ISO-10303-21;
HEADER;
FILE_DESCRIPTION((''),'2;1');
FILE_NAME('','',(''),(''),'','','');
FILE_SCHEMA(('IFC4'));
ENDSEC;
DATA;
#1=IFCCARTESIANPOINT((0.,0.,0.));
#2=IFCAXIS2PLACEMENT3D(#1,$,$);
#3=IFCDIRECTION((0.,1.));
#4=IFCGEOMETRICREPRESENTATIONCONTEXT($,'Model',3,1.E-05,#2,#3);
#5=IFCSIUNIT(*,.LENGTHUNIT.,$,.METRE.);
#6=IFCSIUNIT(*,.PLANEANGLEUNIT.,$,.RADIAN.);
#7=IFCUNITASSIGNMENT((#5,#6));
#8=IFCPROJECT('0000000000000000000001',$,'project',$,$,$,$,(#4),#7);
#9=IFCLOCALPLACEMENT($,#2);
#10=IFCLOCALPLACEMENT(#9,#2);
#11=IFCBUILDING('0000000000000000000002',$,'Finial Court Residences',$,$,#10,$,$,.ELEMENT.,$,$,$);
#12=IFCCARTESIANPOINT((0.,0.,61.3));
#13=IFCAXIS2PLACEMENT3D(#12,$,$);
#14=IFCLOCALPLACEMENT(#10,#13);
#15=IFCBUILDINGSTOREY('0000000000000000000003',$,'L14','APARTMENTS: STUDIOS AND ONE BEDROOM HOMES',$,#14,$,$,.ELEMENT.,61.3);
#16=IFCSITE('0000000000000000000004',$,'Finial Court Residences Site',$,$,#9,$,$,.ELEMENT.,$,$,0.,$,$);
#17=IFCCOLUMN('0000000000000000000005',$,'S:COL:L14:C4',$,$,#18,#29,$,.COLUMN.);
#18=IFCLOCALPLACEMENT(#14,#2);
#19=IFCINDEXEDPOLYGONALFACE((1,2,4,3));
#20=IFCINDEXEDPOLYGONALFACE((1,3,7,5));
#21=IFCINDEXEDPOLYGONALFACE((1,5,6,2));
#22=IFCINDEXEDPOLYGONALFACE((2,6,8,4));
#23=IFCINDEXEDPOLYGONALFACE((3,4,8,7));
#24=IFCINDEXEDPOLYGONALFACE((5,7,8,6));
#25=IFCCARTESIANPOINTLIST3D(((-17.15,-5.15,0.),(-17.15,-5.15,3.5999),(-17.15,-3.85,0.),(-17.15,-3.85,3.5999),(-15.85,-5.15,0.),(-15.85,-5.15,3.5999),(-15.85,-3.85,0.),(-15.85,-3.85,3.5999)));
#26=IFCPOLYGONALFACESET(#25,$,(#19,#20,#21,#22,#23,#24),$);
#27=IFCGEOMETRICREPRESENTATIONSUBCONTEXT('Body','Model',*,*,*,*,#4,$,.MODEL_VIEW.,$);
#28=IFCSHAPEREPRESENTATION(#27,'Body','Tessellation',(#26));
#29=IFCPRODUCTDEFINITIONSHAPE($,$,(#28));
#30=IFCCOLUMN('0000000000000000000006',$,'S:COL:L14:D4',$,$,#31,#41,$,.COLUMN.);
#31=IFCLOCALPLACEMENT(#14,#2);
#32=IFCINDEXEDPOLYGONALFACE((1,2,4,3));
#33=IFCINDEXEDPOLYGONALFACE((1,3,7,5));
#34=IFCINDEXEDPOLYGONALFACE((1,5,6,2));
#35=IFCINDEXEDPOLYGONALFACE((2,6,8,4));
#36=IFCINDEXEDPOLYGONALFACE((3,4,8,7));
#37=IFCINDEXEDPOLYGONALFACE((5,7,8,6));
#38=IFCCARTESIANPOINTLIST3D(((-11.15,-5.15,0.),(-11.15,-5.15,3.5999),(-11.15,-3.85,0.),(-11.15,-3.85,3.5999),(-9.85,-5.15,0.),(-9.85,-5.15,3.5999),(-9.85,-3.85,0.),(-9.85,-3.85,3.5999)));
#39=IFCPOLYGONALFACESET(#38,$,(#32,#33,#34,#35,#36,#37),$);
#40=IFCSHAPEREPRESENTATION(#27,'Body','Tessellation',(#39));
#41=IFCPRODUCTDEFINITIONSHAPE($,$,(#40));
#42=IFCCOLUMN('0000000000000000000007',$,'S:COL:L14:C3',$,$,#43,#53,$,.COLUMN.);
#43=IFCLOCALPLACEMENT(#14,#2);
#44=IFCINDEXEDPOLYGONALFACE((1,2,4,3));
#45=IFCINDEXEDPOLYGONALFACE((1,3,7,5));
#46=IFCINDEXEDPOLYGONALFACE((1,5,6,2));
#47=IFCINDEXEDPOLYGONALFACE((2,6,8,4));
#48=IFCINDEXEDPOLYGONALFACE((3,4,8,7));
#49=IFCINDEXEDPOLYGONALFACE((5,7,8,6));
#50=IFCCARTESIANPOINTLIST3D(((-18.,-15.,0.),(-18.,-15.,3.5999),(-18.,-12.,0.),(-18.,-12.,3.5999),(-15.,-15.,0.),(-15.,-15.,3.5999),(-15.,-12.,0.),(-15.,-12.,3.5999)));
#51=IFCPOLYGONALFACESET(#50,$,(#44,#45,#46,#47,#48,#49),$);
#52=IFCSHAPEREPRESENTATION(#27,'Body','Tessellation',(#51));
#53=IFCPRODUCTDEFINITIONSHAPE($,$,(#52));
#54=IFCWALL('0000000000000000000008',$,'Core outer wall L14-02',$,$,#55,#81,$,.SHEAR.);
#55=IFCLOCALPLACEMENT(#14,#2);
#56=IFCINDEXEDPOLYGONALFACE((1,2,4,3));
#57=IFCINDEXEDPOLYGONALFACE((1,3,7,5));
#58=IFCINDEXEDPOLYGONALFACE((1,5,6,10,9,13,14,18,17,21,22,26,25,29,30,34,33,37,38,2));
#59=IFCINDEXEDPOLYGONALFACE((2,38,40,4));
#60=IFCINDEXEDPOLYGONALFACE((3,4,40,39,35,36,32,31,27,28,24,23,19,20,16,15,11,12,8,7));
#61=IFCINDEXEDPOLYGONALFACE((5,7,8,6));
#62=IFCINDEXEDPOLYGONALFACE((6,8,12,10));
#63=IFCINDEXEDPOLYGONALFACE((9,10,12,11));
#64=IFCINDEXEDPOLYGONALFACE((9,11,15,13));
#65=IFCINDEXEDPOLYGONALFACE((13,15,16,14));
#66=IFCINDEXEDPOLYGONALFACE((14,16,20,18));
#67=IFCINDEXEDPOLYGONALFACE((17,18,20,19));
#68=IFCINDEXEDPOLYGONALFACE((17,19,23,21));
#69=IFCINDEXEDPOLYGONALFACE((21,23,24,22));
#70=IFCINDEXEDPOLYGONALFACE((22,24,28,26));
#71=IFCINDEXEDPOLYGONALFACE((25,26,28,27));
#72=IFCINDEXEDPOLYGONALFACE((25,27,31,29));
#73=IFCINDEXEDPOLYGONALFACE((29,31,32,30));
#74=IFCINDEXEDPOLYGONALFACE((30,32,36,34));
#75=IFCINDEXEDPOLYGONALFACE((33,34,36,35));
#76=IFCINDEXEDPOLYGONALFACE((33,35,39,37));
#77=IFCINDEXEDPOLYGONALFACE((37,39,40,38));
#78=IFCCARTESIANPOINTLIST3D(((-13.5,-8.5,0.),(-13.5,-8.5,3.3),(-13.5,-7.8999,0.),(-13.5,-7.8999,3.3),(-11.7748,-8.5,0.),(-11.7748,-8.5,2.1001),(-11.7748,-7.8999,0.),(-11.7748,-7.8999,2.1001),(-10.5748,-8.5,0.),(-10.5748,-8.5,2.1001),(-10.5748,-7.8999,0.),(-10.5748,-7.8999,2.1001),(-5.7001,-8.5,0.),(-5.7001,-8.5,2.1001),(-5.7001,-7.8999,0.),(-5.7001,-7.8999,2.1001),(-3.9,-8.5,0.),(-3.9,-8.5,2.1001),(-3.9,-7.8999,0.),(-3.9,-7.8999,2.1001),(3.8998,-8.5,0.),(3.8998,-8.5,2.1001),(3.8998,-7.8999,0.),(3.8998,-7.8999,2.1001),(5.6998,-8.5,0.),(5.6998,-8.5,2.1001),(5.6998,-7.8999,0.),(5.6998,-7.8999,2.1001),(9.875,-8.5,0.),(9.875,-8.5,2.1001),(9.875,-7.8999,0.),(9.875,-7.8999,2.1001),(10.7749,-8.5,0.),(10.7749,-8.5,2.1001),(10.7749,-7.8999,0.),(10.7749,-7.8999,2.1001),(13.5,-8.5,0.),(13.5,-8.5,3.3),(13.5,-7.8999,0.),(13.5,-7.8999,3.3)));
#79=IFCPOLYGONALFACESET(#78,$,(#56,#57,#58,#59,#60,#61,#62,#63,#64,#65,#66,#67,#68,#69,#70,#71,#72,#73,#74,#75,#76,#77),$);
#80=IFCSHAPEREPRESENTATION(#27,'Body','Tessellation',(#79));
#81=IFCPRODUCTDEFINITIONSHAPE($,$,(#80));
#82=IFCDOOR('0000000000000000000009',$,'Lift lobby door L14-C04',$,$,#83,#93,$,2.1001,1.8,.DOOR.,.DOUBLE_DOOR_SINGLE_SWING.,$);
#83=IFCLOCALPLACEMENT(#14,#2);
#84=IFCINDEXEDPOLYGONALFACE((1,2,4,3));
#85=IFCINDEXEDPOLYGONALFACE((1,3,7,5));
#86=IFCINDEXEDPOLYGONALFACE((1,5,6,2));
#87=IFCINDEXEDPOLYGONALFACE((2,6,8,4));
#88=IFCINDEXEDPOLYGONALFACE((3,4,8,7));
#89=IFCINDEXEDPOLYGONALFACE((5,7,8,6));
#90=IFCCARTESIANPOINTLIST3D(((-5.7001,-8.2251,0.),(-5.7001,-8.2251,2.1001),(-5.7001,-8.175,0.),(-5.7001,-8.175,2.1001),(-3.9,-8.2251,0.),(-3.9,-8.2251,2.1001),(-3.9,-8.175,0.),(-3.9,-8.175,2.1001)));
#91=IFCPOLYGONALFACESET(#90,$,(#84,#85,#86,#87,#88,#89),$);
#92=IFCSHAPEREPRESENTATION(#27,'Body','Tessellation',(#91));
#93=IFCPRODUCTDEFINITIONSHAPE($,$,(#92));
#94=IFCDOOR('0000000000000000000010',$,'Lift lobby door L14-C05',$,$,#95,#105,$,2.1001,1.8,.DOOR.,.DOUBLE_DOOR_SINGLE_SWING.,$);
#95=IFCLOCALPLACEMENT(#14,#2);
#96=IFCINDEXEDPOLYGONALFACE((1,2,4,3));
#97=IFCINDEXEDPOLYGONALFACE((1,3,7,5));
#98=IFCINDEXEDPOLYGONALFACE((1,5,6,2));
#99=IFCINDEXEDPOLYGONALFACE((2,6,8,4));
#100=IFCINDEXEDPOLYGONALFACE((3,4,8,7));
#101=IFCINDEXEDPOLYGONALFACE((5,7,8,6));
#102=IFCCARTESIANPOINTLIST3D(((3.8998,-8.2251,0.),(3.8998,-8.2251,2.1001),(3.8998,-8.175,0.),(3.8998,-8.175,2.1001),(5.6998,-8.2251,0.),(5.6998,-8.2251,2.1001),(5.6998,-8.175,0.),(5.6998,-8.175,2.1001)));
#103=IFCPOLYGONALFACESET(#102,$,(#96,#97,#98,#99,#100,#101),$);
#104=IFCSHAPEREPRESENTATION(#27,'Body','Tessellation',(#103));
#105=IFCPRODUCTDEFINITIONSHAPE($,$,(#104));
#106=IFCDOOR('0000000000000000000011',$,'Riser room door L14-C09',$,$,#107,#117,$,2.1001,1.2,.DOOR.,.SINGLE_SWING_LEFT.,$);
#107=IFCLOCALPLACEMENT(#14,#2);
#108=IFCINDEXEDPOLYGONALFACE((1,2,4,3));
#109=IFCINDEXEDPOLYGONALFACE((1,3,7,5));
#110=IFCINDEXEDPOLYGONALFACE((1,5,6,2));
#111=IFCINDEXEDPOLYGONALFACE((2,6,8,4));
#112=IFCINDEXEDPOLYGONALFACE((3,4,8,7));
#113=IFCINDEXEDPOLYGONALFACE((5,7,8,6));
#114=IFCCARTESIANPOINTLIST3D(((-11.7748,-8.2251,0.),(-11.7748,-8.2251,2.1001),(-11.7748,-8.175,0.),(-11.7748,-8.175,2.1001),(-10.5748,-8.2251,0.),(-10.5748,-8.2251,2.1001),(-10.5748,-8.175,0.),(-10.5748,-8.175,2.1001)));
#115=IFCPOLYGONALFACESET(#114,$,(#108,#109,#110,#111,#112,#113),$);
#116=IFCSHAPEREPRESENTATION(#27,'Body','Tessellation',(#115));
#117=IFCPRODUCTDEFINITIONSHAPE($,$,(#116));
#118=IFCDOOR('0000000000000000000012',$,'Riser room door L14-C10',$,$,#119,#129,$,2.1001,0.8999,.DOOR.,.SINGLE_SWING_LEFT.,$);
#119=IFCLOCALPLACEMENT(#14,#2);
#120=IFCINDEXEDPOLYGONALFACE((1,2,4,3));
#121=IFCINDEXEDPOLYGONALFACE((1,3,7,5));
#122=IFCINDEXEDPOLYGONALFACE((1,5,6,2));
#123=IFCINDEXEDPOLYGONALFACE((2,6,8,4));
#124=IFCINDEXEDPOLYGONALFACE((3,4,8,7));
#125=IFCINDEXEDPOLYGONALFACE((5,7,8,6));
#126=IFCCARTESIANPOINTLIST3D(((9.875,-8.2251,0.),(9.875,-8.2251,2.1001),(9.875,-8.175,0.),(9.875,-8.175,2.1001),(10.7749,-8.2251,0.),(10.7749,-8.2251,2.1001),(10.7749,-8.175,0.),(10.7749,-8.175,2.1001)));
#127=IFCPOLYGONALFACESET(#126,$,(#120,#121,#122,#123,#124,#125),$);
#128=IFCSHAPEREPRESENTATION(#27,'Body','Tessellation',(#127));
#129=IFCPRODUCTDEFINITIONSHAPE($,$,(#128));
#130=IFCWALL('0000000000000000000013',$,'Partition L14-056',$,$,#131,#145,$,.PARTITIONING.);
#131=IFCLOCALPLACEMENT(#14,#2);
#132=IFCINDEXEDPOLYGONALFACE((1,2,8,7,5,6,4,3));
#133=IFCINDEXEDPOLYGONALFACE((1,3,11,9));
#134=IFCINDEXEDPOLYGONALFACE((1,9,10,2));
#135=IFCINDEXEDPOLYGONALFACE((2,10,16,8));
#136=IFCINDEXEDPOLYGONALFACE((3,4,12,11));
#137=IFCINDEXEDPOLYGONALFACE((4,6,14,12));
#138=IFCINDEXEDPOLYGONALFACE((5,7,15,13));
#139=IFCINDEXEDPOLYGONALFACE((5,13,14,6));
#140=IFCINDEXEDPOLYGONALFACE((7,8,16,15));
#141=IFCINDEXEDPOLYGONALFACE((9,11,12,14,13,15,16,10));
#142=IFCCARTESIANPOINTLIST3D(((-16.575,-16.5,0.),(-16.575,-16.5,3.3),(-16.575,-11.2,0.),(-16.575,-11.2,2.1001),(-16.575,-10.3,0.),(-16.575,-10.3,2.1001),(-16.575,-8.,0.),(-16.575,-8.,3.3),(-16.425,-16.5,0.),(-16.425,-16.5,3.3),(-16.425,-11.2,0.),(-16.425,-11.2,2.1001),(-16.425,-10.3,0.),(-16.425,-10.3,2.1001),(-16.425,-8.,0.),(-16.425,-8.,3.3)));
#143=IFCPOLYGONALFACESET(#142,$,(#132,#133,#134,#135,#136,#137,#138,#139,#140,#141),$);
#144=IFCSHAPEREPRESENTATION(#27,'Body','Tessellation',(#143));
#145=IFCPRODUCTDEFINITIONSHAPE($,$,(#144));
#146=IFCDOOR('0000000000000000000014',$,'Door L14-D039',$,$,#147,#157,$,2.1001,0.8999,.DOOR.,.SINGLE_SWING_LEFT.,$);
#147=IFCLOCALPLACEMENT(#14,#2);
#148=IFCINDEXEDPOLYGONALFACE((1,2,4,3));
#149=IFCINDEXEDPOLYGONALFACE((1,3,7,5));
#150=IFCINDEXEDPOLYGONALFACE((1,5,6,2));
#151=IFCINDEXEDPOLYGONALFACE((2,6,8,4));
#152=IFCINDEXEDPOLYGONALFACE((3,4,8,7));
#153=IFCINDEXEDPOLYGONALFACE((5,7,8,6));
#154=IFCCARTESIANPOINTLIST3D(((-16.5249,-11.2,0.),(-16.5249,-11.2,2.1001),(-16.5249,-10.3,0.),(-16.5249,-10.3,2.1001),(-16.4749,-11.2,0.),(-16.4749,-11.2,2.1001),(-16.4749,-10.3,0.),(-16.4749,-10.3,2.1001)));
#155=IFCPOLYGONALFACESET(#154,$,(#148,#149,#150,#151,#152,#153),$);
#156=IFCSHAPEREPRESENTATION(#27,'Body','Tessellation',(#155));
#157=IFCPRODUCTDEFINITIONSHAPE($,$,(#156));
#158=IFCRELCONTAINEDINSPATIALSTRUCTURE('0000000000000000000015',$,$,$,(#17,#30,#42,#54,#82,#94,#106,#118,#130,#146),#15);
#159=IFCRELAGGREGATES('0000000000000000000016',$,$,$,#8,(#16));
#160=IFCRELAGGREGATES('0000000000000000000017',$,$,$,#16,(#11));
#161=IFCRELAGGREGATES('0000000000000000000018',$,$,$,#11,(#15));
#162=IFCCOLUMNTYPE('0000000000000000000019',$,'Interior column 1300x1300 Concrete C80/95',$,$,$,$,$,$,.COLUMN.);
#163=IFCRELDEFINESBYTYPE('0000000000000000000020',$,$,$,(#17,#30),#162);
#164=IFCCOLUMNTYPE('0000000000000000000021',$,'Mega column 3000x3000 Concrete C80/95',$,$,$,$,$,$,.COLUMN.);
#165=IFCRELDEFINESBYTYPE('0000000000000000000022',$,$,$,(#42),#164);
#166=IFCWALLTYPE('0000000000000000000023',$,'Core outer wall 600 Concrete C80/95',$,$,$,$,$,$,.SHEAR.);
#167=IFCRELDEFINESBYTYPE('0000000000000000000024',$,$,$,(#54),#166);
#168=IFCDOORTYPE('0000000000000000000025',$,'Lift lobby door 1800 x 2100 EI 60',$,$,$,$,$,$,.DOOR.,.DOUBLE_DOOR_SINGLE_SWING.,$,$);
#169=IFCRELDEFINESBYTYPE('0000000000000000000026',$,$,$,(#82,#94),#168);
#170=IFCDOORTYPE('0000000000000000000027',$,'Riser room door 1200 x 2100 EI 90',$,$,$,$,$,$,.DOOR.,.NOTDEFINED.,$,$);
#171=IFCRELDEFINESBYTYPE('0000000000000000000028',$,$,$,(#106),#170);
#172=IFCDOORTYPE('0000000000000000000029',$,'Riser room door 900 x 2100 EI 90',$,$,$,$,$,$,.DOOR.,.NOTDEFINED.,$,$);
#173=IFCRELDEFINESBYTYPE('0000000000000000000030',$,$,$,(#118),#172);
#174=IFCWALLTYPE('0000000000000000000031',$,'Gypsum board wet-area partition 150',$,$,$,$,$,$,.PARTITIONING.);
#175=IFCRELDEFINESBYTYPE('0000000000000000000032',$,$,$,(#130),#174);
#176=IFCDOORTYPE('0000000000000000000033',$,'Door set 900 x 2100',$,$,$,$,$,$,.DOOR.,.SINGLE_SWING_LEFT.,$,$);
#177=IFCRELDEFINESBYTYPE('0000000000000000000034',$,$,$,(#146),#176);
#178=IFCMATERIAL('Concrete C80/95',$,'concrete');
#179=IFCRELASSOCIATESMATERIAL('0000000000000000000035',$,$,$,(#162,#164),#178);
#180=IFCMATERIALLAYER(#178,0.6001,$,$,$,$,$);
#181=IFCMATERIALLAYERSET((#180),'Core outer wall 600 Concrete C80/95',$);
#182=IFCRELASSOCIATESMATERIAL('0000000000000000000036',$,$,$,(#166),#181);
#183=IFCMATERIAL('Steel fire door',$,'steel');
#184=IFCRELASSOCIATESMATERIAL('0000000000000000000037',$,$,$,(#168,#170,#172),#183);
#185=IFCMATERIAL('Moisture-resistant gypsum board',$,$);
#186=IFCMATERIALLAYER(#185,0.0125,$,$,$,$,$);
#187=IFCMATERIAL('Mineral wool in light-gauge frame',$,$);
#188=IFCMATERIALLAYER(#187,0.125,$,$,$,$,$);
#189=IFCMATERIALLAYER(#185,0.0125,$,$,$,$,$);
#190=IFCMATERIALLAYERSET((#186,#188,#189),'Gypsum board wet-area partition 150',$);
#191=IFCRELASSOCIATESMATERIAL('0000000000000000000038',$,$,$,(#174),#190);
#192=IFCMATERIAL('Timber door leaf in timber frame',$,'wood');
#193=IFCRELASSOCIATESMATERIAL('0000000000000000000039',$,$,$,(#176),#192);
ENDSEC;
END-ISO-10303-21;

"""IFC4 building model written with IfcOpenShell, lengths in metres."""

from ifc_helpers import new_model, si_unit, direction, frame, frame_2d, origin, origin_2d, place, context, subcontext, project, spatial, rectangle, extrude, material, layer, layer_set, material_profile, profile_set, type_object, element, fill, save


model = new_model("IFC4")

# Units and contexts
model_context = context("Model", 3, precision=1e-05, world=origin(), true_north=direction((0.0, 1.0)))
body_context = subcontext(model_context, "Body", "Model", "MODEL_VIEW")
ifc_project = project(units=[si_unit("LENGTHUNIT", "METRE"), si_unit("PLANEANGLEUNIT", "RADIAN")], contexts=[model_context])

# Site, building, storey
site_placement = place(None, origin())
site = spatial("IfcSite", under=ifc_project, at=site_placement, Name="Finial Court Residences Site", CompositionType="ELEMENT", RefElevation=0.0)
building_placement = place(site_placement, origin())
building = spatial("IfcBuilding", under=site, at=building_placement, Name="Finial Court Residences", CompositionType="ELEMENT")
storey_placement = place(building_placement, frame((0.0, 0.0, 61.3)))
storey = spatial("IfcBuildingStorey", under=building, at=storey_placement, Name="L14", Description="APARTMENTS: STUDIOS AND ONE BEDROOM HOMES", CompositionType="ELEMENT", Elevation=61.3)

# Columns
ifc_material_1 = material(Name="Concrete C80/95", Category="concrete")
ifc_material_profile_1 = material_profile(ifc_material_1, rectangle(XDim=1.3, YDim=1.3, at=origin_2d()), Name="1300x1300")
ifc_profile_set_1 = profile_set([ifc_material_profile_1], Name="Concrete C80/95")
column_type_1 = type_object("IfcColumnType", Name="Interior column 1300x1300 Concrete C80/95", PredefinedType="COLUMN", material=ifc_profile_set_1)
for number, where, z_axis, x_axis, name in (
    (1, (-16.5, -4.5, 0.0), (0.0, 0.0, 1.0), (1.0, 0.0, 0.0), "S:COL:L14:C4"),
    (2, (-10.5, -4.5, 0.0), (0.0, 0.0, 1.0), (1.0, 0.0, 0.0), "S:COL:L14:D4"),
):
    element("IfcColumn", number, at=place(storey_placement, frame(where, z_axis=z_axis, x_axis=x_axis)), inside=storey, type_object=column_type_1, Name=name, PredefinedType="COLUMN", context=body_context, shape_type="SweptSolid", body=[
        extrude(rectangle(XDim=1.3, YDim=1.3, at=origin_2d()), origin(), (0.0, 0.0, 1.0), 3.5999),
    ])
ifc_material_profile_2 = material_profile(ifc_material_1, rectangle(XDim=3.0, YDim=3.0, at=origin_2d()), Name="3000x3000")
ifc_profile_set_2 = profile_set([ifc_material_profile_2], Name="Concrete C80/95")
column_type_2 = type_object("IfcColumnType", Name="Mega column 3000x3000 Concrete C80/95", PredefinedType="COLUMN", material=ifc_profile_set_2)
column_placement = place(storey_placement, frame((-16.5, -13.5, 0.0), z_axis=(0.0, 0.0, 1.0), x_axis=(1.0, 0.0, 0.0)))
element("IfcColumn", 3, at=column_placement, inside=storey, type_object=column_type_2, Name="S:COL:L14:C3", PredefinedType="COLUMN", context=body_context, shape_type="SweptSolid", body=[
    extrude(rectangle(XDim=3.0, YDim=3.0, at=origin_2d()), origin(), (0.0, 0.0, 1.0), 3.5999),
])

# Wall, openings, doors
ifc_layer_1 = layer(ifc_material_1, 0.6001)
ifc_layer_set_1 = layer_set([ifc_layer_1], Name="Core outer wall 600 Concrete C80/95")
wall_type_1 = type_object("IfcWallType", Name="Core outer wall 600 Concrete C80/95", PredefinedType="SHEAR", material=ifc_layer_set_1)
wall_1_placement = place(storey_placement, frame((-13.5, -8.2, 0.0), z_axis=(0.0, 0.0, 1.0), x_axis=(1.0, 0.0, 0.0)))
wall_1 = element("IfcWall", 4, at=wall_1_placement, inside=storey, type_object=wall_type_1, Name="Core outer wall L14-02", PredefinedType="SHEAR", context=body_context, shape_type="SweptSolid", body=[
    extrude(rectangle(XDim=27.0, YDim=0.6001, at=frame_2d((13.5, 0.0))), origin(), (0.0, 0.0, 1.0), 3.3),
])
opening_1_placement = place(wall_1_placement, frame((7.8, 0.0, 0.0)))
opening_1 = element("IfcOpeningElement", 5, at=opening_1_placement, cuts=wall_1, PredefinedType="OPENING", context=body_context, shape_type="SweptSolid", body=[
    extrude(rectangle(XDim=1.8, YDim=2.1001, at=frame_2d((0.8999, 1.05))), frame((0.0, 0.3101, 0.0), z_axis=(0.0, -1.0, 0.0), x_axis=(1.0, 0.0, 0.0)), (0.0, 0.0, 1.0), 0.6201),
])
opening_2_placement = place(wall_1_placement, frame((17.3999, 0.0, 0.0)))
opening_2 = element("IfcOpeningElement", 6, at=opening_2_placement, cuts=wall_1, PredefinedType="OPENING", context=body_context, shape_type="SweptSolid", body=[
    extrude(rectangle(XDim=1.8, YDim=2.1001, at=frame_2d((0.8999, 1.05))), frame((0.0, 0.3101, 0.0), z_axis=(0.0, -1.0, 0.0), x_axis=(1.0, 0.0, 0.0)), (0.0, 0.0, 1.0), 0.6201),
])
opening_3_placement = place(wall_1_placement, frame((1.7251, 0.0, 0.0)))
opening_3 = element("IfcOpeningElement", 7, at=opening_3_placement, cuts=wall_1, PredefinedType="OPENING", context=body_context, shape_type="SweptSolid", body=[
    extrude(rectangle(XDim=1.2, YDim=2.1001, at=frame_2d((0.6001, 1.05))), frame((0.0, 0.3101, 0.0), z_axis=(0.0, -1.0, 0.0), x_axis=(1.0, 0.0, 0.0)), (0.0, 0.0, 1.0), 0.6201),
])
opening_4_placement = place(wall_1_placement, frame((23.375, 0.0, 0.0)))
opening_4 = element("IfcOpeningElement", 8, at=opening_4_placement, cuts=wall_1, PredefinedType="OPENING", context=body_context, shape_type="SweptSolid", body=[
    extrude(rectangle(XDim=0.8999, YDim=2.1001, at=frame_2d((0.45, 1.05))), frame((0.0, 0.3101, 0.0), z_axis=(0.0, -1.0, 0.0), x_axis=(1.0, 0.0, 0.0)), (0.0, 0.0, 1.0), 0.6201),
])
ifc_material_2 = material(Name="Steel fire door", Category="steel")
door_type_1 = type_object("IfcDoorType", Name="Lift lobby door 1800 x 2100 EI 60", OperationType="DOUBLE_DOOR_SINGLE_SWING", PredefinedType="DOOR", material=ifc_material_2)
door_1_placement = place(opening_1_placement, origin())
door_1 = element("IfcDoor", 9, at=door_1_placement, inside=storey, type_object=door_type_1, Name="Lift lobby door L14-C04", OperationType="DOUBLE_DOOR_SINGLE_SWING", OverallHeight=2.1001, OverallWidth=1.8, PredefinedType="DOOR", context=body_context, shape_type="SweptSolid", body=[
    extrude(rectangle(XDim=1.8, YDim=2.1001, at=frame_2d((0.8999, 1.05))), frame((0.0, 0.0249, 0.0), z_axis=(0.0, -1.0, 0.0), x_axis=(1.0, 0.0, 0.0)), (0.0, 0.0, 1.0), 0.05),
])
fill(opening_1, door_1)
door_2_placement = place(opening_2_placement, origin())
door_2 = element("IfcDoor", 10, at=door_2_placement, inside=storey, type_object=door_type_1, Name="Lift lobby door L14-C05", OperationType="DOUBLE_DOOR_SINGLE_SWING", OverallHeight=2.1001, OverallWidth=1.8, PredefinedType="DOOR", context=body_context, shape_type="SweptSolid", body=[
    extrude(rectangle(XDim=1.8, YDim=2.1001, at=frame_2d((0.8999, 1.05))), frame((0.0, 0.0249, 0.0), z_axis=(0.0, -1.0, 0.0), x_axis=(1.0, 0.0, 0.0)), (0.0, 0.0, 1.0), 0.05),
])
fill(opening_2, door_2)
door_type_2 = type_object("IfcDoorType", Name="Riser room door 1200 x 2100 EI 90", OperationType="NOTDEFINED", PredefinedType="DOOR", material=ifc_material_2)
door_3_placement = place(opening_3_placement, origin())
door_3 = element("IfcDoor", 11, at=door_3_placement, inside=storey, type_object=door_type_2, Name="Riser room door L14-C09", OperationType="SINGLE_SWING_LEFT", OverallHeight=2.1001, OverallWidth=1.2, PredefinedType="DOOR", context=body_context, shape_type="SweptSolid", body=[
    extrude(rectangle(XDim=1.2, YDim=2.1001, at=frame_2d((0.6001, 1.05))), frame((0.0, 0.0249, 0.0), z_axis=(0.0, -1.0, 0.0), x_axis=(1.0, 0.0, 0.0)), (0.0, 0.0, 1.0), 0.05),
])
fill(opening_3, door_3)
door_type_3 = type_object("IfcDoorType", Name="Riser room door 900 x 2100 EI 90", OperationType="NOTDEFINED", PredefinedType="DOOR", material=ifc_material_2)
door_4_placement = place(opening_4_placement, origin())
door_4 = element("IfcDoor", 12, at=door_4_placement, inside=storey, type_object=door_type_3, Name="Riser room door L14-C10", OperationType="SINGLE_SWING_LEFT", OverallHeight=2.1001, OverallWidth=0.8999, PredefinedType="DOOR", context=body_context, shape_type="SweptSolid", body=[
    extrude(rectangle(XDim=0.8999, YDim=2.1001, at=frame_2d((0.45, 1.05))), frame((0.0, 0.0249, 0.0), z_axis=(0.0, -1.0, 0.0), x_axis=(1.0, 0.0, 0.0)), (0.0, 0.0, 1.0), 0.05),
])
fill(opening_4, door_4)

# Wall, opening, door
ifc_material_3 = material(Name="Moisture-resistant gypsum board")
ifc_layer_2 = layer(ifc_material_3, 0.0125)
ifc_material_4 = material(Name="Mineral wool in light-gauge frame")
ifc_layer_3 = layer(ifc_material_4, 0.125)
ifc_layer_4 = layer(ifc_material_3, 0.0125)
ifc_layer_set_2 = layer_set([ifc_layer_2, ifc_layer_3, ifc_layer_4], Name="Gypsum board wet-area partition 150")
wall_type_2 = type_object("IfcWallType", Name="Gypsum board wet-area partition 150", PredefinedType="PARTITIONING", material=ifc_layer_set_2)
wall_2_placement = place(storey_placement, frame((-16.5, -16.5, 0.0), z_axis=(0.0, 0.0, 1.0), x_axis=(0.0, 1.0, 0.0)))
wall_2 = element("IfcWall", 13, at=wall_2_placement, inside=storey, type_object=wall_type_2, Name="Partition L14-056", PredefinedType="PARTITIONING", context=body_context, shape_type="SweptSolid", body=[
    extrude(rectangle(XDim=8.5, YDim=0.1499, at=frame_2d((4.25, 0.0))), origin(), (0.0, 0.0, 1.0), 3.3),
])
opening_5_placement = place(wall_2_placement, frame((5.3, 0.0, 0.0)))
opening_5 = element("IfcOpeningElement", 14, at=opening_5_placement, cuts=wall_2, PredefinedType="OPENING", context=body_context, shape_type="SweptSolid", body=[
    extrude(rectangle(XDim=0.8999, YDim=2.1001, at=frame_2d((0.45, 1.05))), frame((0.0, 0.085, 0.0), z_axis=(0.0, -1.0, 0.0), x_axis=(1.0, 0.0, 0.0)), (0.0, 0.0, 1.0), 0.1699),
])
ifc_material_5 = material(Name="Timber door leaf in timber frame", Category="wood")
door_type_4 = type_object("IfcDoorType", Name="Door set 900 x 2100", OperationType="SINGLE_SWING_LEFT", PredefinedType="DOOR", material=ifc_material_5)
door_5_placement = place(opening_5_placement, origin())
door_5 = element("IfcDoor", 15, at=door_5_placement, inside=storey, type_object=door_type_4, Name="Door L14-D039", OperationType="SINGLE_SWING_LEFT", OverallHeight=2.1001, OverallWidth=0.8999, PredefinedType="DOOR", context=body_context, shape_type="SweptSolid", body=[
    extrude(rectangle(XDim=0.8999, YDim=2.1001, at=frame_2d((0.45, 1.05))), frame((0.0, 0.0249, 0.0), z_axis=(0.0, -1.0, 0.0), x_axis=(1.0, 0.0, 0.0)), (0.0, 0.0, 1.0), 0.05),
])
fill(opening_5, door_5)

save(model, "model.ifc")
